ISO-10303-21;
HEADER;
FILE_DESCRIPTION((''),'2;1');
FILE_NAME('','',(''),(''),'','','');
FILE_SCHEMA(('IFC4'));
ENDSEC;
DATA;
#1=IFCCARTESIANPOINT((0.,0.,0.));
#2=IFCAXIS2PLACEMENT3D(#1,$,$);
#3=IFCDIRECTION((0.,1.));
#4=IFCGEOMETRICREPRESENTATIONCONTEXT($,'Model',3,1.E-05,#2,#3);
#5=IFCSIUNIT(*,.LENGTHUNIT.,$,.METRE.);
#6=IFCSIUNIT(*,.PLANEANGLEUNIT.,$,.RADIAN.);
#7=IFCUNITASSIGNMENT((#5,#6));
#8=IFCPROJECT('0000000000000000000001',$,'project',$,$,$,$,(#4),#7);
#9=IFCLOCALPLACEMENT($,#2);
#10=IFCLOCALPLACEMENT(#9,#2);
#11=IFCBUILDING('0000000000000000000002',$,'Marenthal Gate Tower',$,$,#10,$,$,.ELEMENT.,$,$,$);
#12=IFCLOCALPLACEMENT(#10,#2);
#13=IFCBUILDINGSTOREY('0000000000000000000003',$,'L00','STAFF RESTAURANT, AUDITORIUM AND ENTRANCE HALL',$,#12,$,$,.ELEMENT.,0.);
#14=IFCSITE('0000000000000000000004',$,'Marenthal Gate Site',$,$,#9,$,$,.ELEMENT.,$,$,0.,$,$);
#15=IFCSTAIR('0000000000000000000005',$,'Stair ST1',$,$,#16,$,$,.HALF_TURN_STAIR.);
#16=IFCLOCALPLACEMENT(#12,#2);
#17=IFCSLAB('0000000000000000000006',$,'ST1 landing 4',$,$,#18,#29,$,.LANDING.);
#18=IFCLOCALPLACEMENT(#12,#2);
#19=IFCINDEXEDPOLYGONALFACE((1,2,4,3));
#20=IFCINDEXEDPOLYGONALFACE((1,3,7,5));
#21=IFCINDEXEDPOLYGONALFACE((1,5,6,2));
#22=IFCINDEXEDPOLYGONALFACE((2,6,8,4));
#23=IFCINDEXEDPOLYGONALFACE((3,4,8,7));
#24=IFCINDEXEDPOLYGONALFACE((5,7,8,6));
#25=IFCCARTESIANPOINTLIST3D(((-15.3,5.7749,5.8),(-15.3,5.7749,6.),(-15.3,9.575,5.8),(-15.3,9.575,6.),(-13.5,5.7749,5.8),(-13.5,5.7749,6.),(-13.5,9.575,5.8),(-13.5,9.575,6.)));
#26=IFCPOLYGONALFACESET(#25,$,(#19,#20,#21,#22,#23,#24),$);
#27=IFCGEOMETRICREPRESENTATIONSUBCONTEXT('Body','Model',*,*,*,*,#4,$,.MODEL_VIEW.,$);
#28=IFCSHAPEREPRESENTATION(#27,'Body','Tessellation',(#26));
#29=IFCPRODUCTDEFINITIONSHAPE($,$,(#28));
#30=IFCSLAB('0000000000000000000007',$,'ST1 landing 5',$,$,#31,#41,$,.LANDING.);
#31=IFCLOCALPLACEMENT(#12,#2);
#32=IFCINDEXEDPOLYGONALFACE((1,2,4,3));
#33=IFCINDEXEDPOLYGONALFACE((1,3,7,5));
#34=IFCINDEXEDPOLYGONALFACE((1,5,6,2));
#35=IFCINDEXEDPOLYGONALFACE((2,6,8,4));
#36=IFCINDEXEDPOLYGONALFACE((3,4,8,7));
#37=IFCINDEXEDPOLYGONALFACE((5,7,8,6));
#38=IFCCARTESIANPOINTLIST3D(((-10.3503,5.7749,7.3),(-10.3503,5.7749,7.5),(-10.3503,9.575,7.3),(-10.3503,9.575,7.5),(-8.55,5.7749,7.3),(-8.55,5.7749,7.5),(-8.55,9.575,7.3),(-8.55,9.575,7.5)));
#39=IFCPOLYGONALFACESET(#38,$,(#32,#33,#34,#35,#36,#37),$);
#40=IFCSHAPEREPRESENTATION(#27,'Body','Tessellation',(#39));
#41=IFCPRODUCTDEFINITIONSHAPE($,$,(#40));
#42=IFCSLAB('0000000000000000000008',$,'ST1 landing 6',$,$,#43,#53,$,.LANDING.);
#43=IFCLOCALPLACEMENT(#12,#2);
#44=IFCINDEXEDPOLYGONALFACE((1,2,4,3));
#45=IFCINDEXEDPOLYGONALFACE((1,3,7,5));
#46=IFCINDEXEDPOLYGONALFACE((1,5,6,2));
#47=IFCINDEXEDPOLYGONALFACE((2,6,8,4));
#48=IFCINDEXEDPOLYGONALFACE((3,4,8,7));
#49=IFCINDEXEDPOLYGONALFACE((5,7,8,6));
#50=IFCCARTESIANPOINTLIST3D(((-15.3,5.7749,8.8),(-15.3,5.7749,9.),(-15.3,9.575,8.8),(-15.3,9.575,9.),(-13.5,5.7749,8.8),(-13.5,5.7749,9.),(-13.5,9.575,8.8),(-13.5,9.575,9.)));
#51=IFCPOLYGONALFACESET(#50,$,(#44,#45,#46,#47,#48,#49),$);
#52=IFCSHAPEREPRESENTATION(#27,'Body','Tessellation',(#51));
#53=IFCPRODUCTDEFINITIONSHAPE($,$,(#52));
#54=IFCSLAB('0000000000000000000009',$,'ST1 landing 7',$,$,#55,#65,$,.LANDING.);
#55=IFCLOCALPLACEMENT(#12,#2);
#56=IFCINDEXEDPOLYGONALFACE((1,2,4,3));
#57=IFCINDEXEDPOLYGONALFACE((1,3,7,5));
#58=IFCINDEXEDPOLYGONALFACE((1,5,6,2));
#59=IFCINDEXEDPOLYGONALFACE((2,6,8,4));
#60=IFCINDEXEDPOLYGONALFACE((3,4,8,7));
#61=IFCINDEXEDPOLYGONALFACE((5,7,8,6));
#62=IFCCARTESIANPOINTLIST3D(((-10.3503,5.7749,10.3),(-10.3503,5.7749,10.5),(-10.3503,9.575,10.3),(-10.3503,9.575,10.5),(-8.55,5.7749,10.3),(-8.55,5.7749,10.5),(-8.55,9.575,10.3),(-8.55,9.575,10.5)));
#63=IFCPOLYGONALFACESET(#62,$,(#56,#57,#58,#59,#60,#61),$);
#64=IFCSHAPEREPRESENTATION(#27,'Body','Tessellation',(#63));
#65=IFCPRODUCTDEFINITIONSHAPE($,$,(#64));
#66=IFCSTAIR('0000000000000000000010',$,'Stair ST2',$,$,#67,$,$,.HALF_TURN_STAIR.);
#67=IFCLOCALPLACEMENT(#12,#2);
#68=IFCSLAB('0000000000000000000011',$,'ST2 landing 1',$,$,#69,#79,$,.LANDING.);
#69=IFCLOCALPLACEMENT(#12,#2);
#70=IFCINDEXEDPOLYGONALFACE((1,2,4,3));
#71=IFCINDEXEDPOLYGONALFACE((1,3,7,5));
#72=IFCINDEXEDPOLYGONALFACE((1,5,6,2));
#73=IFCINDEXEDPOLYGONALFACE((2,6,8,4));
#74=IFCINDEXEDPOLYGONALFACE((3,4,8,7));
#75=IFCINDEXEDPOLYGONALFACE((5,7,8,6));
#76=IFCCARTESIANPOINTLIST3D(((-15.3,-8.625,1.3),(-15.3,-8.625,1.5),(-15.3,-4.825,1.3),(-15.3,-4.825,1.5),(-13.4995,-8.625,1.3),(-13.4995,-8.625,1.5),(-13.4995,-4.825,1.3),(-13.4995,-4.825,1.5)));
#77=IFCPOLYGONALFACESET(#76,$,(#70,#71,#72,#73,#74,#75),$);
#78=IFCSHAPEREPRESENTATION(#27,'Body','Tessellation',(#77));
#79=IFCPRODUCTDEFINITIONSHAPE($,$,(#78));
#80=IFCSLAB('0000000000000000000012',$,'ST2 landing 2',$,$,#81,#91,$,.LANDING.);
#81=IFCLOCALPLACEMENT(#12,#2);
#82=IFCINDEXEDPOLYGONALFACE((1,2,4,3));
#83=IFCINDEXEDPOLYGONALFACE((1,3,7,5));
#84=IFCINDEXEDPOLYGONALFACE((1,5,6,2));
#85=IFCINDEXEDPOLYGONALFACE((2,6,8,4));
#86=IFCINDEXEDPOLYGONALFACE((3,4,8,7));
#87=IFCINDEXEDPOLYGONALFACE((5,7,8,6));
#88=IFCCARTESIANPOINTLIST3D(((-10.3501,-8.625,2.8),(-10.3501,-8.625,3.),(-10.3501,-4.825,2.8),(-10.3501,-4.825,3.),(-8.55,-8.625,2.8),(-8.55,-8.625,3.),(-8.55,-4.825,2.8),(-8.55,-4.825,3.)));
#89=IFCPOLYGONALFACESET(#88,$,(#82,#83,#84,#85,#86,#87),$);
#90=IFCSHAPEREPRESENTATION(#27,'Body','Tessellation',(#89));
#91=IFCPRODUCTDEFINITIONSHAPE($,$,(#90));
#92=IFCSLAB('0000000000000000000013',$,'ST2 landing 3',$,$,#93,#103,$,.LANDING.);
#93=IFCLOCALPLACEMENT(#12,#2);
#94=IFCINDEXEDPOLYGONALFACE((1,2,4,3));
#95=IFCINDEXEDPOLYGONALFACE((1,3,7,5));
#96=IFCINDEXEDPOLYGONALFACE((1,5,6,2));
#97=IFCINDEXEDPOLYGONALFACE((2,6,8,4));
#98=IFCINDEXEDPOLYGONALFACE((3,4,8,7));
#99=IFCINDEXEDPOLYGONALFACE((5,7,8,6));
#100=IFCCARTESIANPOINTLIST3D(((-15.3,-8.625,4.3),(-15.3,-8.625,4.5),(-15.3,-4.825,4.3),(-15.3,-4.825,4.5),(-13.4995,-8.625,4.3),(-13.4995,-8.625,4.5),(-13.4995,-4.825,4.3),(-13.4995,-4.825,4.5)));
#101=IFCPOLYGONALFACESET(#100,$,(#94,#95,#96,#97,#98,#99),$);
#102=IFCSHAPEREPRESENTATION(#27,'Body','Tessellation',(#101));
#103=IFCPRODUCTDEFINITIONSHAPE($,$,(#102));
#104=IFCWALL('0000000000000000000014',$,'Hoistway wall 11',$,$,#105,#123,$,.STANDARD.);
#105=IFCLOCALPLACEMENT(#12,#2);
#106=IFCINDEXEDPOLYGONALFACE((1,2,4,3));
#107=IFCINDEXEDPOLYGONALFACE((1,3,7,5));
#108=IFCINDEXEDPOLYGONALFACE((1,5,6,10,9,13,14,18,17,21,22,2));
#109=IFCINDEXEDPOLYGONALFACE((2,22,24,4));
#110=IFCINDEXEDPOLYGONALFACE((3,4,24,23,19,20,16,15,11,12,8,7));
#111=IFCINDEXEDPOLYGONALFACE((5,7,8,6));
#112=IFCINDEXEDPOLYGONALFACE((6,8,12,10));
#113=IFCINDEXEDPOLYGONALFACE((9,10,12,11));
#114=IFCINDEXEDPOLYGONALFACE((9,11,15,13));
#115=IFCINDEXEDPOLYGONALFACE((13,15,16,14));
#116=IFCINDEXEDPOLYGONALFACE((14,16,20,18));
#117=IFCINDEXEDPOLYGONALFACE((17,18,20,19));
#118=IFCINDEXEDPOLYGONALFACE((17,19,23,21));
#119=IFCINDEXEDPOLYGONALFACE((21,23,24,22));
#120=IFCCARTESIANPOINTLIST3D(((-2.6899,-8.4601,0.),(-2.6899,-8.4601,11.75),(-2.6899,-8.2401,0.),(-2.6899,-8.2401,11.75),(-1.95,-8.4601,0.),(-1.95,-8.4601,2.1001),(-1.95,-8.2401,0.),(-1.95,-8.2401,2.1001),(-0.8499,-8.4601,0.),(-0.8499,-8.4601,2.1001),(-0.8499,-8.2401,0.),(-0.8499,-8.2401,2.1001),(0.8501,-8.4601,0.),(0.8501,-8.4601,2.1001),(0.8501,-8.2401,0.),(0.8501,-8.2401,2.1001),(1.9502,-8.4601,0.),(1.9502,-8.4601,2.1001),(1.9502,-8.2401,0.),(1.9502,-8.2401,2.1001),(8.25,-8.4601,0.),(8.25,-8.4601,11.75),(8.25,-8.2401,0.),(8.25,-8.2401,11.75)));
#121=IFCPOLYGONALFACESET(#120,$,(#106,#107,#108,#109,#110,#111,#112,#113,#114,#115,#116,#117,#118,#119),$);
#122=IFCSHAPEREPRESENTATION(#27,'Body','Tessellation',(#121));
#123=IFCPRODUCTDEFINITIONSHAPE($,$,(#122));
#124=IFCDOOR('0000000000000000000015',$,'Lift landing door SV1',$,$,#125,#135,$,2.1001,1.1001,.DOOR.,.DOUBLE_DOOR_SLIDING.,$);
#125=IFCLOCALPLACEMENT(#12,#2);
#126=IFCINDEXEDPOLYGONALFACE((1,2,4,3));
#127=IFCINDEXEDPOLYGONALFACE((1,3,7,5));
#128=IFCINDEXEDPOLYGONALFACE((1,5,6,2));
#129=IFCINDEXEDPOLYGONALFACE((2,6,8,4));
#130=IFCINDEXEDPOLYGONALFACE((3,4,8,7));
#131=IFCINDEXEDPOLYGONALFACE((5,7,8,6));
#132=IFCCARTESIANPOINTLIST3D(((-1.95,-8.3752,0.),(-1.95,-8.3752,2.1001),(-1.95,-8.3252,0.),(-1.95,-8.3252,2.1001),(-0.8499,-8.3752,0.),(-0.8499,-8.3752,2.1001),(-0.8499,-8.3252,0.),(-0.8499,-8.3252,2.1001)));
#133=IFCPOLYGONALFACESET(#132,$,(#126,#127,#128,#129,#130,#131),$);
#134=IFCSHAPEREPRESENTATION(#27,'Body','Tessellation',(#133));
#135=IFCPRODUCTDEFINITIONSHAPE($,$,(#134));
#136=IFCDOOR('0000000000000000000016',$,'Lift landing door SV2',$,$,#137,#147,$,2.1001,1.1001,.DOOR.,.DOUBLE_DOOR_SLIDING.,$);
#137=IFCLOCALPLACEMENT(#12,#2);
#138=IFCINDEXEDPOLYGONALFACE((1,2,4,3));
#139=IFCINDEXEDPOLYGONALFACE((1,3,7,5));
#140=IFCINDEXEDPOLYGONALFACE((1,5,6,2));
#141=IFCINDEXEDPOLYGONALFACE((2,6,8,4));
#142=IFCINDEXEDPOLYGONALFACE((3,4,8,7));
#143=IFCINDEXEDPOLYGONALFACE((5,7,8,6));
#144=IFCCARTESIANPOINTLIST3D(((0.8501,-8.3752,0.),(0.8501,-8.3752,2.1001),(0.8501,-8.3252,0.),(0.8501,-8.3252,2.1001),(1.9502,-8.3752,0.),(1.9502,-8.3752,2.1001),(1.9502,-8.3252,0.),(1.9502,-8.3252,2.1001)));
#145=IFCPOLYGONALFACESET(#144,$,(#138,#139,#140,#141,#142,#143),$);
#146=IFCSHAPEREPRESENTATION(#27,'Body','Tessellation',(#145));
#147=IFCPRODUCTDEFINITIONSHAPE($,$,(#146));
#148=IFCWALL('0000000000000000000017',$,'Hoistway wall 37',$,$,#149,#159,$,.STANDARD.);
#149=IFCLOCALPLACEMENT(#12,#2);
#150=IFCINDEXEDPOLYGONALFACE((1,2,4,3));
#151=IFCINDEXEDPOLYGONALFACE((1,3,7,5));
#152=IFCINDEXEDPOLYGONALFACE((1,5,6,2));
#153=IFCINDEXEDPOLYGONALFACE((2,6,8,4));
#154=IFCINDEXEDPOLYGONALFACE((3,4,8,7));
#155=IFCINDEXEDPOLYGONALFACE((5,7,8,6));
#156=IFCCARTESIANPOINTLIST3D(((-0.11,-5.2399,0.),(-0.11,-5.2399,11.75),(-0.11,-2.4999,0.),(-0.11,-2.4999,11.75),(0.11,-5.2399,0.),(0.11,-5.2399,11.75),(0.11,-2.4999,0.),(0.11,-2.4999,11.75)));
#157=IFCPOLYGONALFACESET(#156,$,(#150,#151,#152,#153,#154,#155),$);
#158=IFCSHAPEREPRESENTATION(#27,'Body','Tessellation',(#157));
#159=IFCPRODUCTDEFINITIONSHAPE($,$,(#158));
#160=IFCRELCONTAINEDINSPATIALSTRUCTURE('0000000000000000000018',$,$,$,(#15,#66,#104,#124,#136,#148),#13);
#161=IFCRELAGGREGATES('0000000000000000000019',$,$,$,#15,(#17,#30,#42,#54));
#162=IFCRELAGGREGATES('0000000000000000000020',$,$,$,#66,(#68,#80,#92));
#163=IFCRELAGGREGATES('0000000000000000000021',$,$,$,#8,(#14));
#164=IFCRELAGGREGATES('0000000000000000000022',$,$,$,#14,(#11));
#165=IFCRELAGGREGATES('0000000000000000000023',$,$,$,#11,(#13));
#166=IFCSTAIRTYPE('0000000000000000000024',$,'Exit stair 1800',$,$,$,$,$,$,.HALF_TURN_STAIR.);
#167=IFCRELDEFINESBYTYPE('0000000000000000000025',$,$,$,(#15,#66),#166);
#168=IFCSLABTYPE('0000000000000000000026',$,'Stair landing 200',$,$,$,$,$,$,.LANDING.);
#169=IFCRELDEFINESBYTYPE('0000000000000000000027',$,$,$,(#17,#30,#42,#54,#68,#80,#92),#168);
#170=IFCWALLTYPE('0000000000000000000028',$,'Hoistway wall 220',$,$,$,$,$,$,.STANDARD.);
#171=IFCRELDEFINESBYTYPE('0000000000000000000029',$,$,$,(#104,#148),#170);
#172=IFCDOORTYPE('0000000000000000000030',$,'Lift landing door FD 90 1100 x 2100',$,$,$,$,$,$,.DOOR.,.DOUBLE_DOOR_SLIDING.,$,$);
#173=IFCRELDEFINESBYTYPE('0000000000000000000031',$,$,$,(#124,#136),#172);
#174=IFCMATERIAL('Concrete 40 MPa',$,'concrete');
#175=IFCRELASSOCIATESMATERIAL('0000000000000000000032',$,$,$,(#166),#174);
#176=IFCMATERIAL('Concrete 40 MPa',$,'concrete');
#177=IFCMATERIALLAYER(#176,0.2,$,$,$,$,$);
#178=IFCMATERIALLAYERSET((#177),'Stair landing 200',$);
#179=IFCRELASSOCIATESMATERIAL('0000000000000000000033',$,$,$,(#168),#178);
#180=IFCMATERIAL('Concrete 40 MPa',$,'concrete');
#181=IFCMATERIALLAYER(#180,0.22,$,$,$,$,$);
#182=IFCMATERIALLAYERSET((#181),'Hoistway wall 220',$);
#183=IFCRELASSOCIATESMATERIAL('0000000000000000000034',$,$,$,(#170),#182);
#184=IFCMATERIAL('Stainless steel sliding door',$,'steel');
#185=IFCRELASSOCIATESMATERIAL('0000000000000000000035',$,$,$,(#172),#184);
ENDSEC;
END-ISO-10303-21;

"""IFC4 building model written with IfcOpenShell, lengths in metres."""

from ifc_helpers import new_model, si_unit, direction, frame, frame_2d, origin, place, context, subcontext, project, spatial, polyline, rectangle, outline, extrude, material, layer, layer_set, type_object, element, fill, aggregate, save


model = new_model("IFC4")

# Units and contexts
model_context = context("Model", 3, precision=1e-05, world=origin(), true_north=direction((0.0, 1.0)))
body_context = subcontext(model_context, "Body", "Model", "MODEL_VIEW")
ifc_project = project(units=[si_unit("LENGTHUNIT", "METRE"), si_unit("PLANEANGLEUNIT", "RADIAN")], contexts=[model_context])

# Site, building, storey
site_placement = place(None, origin())
site = spatial("IfcSite", under=ifc_project, at=site_placement, Name="Marenthal Gate Site", CompositionType="ELEMENT", RefElevation=0.0)
building_placement = place(site_placement, origin())
building = spatial("IfcBuilding", under=site, at=building_placement, Name="Marenthal Gate Tower", CompositionType="ELEMENT")
storey_placement = place(building_placement, origin())
storey = spatial("IfcBuildingStorey", under=building, at=storey_placement, Name="L00", Description="STAFF RESTAURANT, AUDITORIUM AND ENTRANCE HALL", CompositionType="ELEMENT", Elevation=0.0)

# Stairs, slabs
ifc_material_1 = material(Name="Concrete 40 MPa", Category="concrete")
stair_type = type_object("IfcStairType", Name="Exit stair 1800", PredefinedType="HALF_TURN_STAIR", material=ifc_material_1)
stair_1_placement = place(storey_placement, origin())
stair_1 = element("IfcStair", 1, at=stair_1_placement, inside=storey, type_object=stair_type, Name="Stair ST1", PredefinedType="HALF_TURN_STAIR")
ifc_material_2 = material(Name="Concrete 40 MPa", Category="concrete")
ifc_layer_1 = layer(ifc_material_2, 0.2)
ifc_layer_set_1 = layer_set([ifc_layer_1], Name="Stair landing 200")
slab_type_1 = type_object("IfcSlabType", Name="Stair landing 200", PredefinedType="LANDING", material=ifc_layer_set_1)
slab_1_placement = place(storey_placement, frame((0.0, 0.0, 5.8)))
slab_1 = element("IfcSlab", 2, at=slab_1_placement, type_object=slab_type_1, Name="ST1 landing 4", PredefinedType="LANDING", context=body_context, shape_type="SweptSolid", body=[
    extrude(outline(polyline([(-15.3, 5.7749), (-13.5, 5.7749), (-13.5, 9.575), (-15.3, 9.575), (-15.3, 5.7749)])), origin(), (0.0, 0.0, 1.0), 0.2),
])
slab_2_placement = place(storey_placement, frame((0.0, 0.0, 7.3)))
slab_2 = element("IfcSlab", 3, at=slab_2_placement, type_object=slab_type_1, Name="ST1 landing 5", PredefinedType="LANDING", context=body_context, shape_type="SweptSolid", body=[
    extrude(outline(polyline([(-10.3503, 5.7749), (-8.55, 5.7749), (-8.55, 9.575), (-10.3503, 9.575), (-10.3503, 5.7749)])), origin(), (0.0, 0.0, 1.0), 0.2),
])
slab_3_placement = place(storey_placement, frame((0.0, 0.0, 8.8)))
slab_3 = element("IfcSlab", 4, at=slab_3_placement, type_object=slab_type_1, Name="ST1 landing 6", PredefinedType="LANDING", context=body_context, shape_type="SweptSolid", body=[
    extrude(outline(polyline([(-15.3, 5.7749), (-13.5, 5.7749), (-13.5, 9.575), (-15.3, 9.575), (-15.3, 5.7749)])), origin(), (0.0, 0.0, 1.0), 0.2),
])
slab_4_placement = place(storey_placement, frame((0.0, 0.0, 10.3)))
slab_4 = element("IfcSlab", 5, at=slab_4_placement, type_object=slab_type_1, Name="ST1 landing 7", PredefinedType="LANDING", context=body_context, shape_type="SweptSolid", body=[
    extrude(outline(polyline([(-10.3503, 5.7749), (-8.55, 5.7749), (-8.55, 9.575), (-10.3503, 9.575), (-10.3503, 5.7749)])), origin(), (0.0, 0.0, 1.0), 0.2),
])
aggregate(stair_1, [slab_1, slab_2, slab_3, slab_4])
stair_2_placement = place(storey_placement, origin())
stair_2 = element("IfcStair", 6, at=stair_2_placement, inside=storey, type_object=stair_type, Name="Stair ST2", PredefinedType="HALF_TURN_STAIR")
slab_5_placement = place(storey_placement, frame((0.0, 0.0, 1.3)))
slab_5 = element("IfcSlab", 7, at=slab_5_placement, type_object=slab_type_1, Name="ST2 landing 1", PredefinedType="LANDING", context=body_context, shape_type="SweptSolid", body=[
    extrude(outline(polyline([(-15.3, -8.625), (-13.4995, -8.625), (-13.4995, -4.825), (-15.3, -4.825), (-15.3, -8.625)])), origin(), (0.0, 0.0, 1.0), 0.2),
])
slab_6_placement = place(storey_placement, frame((0.0, 0.0, 2.8)))
slab_6 = element("IfcSlab", 8, at=slab_6_placement, type_object=slab_type_1, Name="ST2 landing 2", PredefinedType="LANDING", context=body_context, shape_type="SweptSolid", body=[
    extrude(outline(polyline([(-10.3501, -8.625), (-8.55, -8.625), (-8.55, -4.825), (-10.3501, -4.825), (-10.3501, -8.625)])), origin(), (0.0, 0.0, 1.0), 0.2),
])
slab_7_placement = place(storey_placement, frame((0.0, 0.0, 4.3)))
slab_7 = element("IfcSlab", 9, at=slab_7_placement, type_object=slab_type_1, Name="ST2 landing 3", PredefinedType="LANDING", context=body_context, shape_type="SweptSolid", body=[
    extrude(outline(polyline([(-15.3, -8.625), (-13.4995, -8.625), (-13.4995, -4.825), (-15.3, -4.825), (-15.3, -8.625)])), origin(), (0.0, 0.0, 1.0), 0.2),
])
aggregate(stair_2, [slab_5, slab_6, slab_7])

# Wall, openings, doors
ifc_material_3 = material(Name="Concrete 40 MPa", Category="concrete")
ifc_layer_2 = layer(ifc_material_3, 0.22)
ifc_layer_set_2 = layer_set([ifc_layer_2], Name="Hoistway wall 220")
wall_type = type_object("IfcWallType", Name="Hoistway wall 220", PredefinedType="STANDARD", material=ifc_layer_set_2)
wall_1_placement = place(storey_placement, frame((-2.6899, -8.3501, 0.0), z_axis=(0.0, 0.0, 1.0), x_axis=(1.0, 0.0, 0.0)))
wall_1 = element("IfcWall", 10, at=wall_1_placement, inside=storey, type_object=wall_type, Name="Hoistway wall 11", PredefinedType="STANDARD", context=body_context, shape_type="SweptSolid", body=[
    extrude(rectangle(XDim=10.9399, YDim=0.22, at=frame_2d((5.47, 0.0))), origin(), (0.0, 0.0, 1.0), 11.75),
])
opening_1_placement = place(wall_1_placement, frame((0.74, 0.0, 0.0)))
opening_1 = element("IfcOpeningElement", 11, at=opening_1_placement, cuts=wall_1, PredefinedType="OPENING", context=body_context, shape_type="SweptSolid", body=[
    extrude(rectangle(XDim=1.1001, YDim=2.1001, at=frame_2d((0.55, 1.05))), frame((0.0, 0.1201, 0.0), z_axis=(0.0, -1.0, 0.0), x_axis=(1.0, 0.0, 0.0)), (0.0, 0.0, 1.0), 0.24),
])
opening_2_placement = place(wall_1_placement, frame((3.54, 0.0, 0.0)))
opening_2 = element("IfcOpeningElement", 12, at=opening_2_placement, cuts=wall_1, PredefinedType="OPENING", context=body_context, shape_type="SweptSolid", body=[
    extrude(rectangle(XDim=1.1001, YDim=2.1001, at=frame_2d((0.55, 1.05))), frame((0.0, 0.1201, 0.0), z_axis=(0.0, -1.0, 0.0), x_axis=(1.0, 0.0, 0.0)), (0.0, 0.0, 1.0), 0.24),
])
ifc_material_4 = material(Name="Stainless steel sliding door", Category="steel")
door_type = type_object("IfcDoorType", Name="Lift landing door FD 90 1100 x 2100", OperationType="DOUBLE_DOOR_SLIDING", PredefinedType="DOOR", material=ifc_material_4)
door_1_placement = place(opening_1_placement, origin())
door_1 = element("IfcDoor", 13, at=door_1_placement, inside=storey, type_object=door_type, Name="Lift landing door SV1", OperationType="DOUBLE_DOOR_SLIDING", OverallHeight=2.1001, OverallWidth=1.1001, PredefinedType="DOOR", context=body_context, shape_type="SweptSolid", body=[
    extrude(rectangle(XDim=1.1001, YDim=2.1001, at=frame_2d((0.55, 1.05))), frame((0.0, 0.0249, 0.0), z_axis=(0.0, -1.0, 0.0), x_axis=(1.0, 0.0, 0.0)), (0.0, 0.0, 1.0), 0.05),
])
fill(opening_1, door_1)
door_2_placement = place(opening_2_placement, origin())
door_2 = element("IfcDoor", 14, at=door_2_placement, inside=storey, type_object=door_type, Name="Lift landing door SV2", OperationType="DOUBLE_DOOR_SLIDING", OverallHeight=2.1001, OverallWidth=1.1001, PredefinedType="DOOR", context=body_context, shape_type="SweptSolid", body=[
    extrude(rectangle(XDim=1.1001, YDim=2.1001, at=frame_2d((0.55, 1.05))), frame((0.0, 0.0249, 0.0), z_axis=(0.0, -1.0, 0.0), x_axis=(1.0, 0.0, 0.0)), (0.0, 0.0, 1.0), 0.05),
])
fill(opening_2, door_2)

# Wall
wall_2_placement = place(storey_placement, frame((0.0, -5.24, 0.0), z_axis=(0.0, 0.0, 1.0), x_axis=(0.0, 1.0, 0.0)))
element("IfcWall", 15, at=wall_2_placement, inside=storey, type_object=wall_type, Name="Hoistway wall 37", PredefinedType="STANDARD", context=body_context, shape_type="SweptSolid", body=[
    extrude(rectangle(XDim=2.74, YDim=0.22, at=frame_2d((1.3701, 0.0))), origin(), (0.0, 0.0, 1.0), 11.75),
])

save(model, "model.ifc")
